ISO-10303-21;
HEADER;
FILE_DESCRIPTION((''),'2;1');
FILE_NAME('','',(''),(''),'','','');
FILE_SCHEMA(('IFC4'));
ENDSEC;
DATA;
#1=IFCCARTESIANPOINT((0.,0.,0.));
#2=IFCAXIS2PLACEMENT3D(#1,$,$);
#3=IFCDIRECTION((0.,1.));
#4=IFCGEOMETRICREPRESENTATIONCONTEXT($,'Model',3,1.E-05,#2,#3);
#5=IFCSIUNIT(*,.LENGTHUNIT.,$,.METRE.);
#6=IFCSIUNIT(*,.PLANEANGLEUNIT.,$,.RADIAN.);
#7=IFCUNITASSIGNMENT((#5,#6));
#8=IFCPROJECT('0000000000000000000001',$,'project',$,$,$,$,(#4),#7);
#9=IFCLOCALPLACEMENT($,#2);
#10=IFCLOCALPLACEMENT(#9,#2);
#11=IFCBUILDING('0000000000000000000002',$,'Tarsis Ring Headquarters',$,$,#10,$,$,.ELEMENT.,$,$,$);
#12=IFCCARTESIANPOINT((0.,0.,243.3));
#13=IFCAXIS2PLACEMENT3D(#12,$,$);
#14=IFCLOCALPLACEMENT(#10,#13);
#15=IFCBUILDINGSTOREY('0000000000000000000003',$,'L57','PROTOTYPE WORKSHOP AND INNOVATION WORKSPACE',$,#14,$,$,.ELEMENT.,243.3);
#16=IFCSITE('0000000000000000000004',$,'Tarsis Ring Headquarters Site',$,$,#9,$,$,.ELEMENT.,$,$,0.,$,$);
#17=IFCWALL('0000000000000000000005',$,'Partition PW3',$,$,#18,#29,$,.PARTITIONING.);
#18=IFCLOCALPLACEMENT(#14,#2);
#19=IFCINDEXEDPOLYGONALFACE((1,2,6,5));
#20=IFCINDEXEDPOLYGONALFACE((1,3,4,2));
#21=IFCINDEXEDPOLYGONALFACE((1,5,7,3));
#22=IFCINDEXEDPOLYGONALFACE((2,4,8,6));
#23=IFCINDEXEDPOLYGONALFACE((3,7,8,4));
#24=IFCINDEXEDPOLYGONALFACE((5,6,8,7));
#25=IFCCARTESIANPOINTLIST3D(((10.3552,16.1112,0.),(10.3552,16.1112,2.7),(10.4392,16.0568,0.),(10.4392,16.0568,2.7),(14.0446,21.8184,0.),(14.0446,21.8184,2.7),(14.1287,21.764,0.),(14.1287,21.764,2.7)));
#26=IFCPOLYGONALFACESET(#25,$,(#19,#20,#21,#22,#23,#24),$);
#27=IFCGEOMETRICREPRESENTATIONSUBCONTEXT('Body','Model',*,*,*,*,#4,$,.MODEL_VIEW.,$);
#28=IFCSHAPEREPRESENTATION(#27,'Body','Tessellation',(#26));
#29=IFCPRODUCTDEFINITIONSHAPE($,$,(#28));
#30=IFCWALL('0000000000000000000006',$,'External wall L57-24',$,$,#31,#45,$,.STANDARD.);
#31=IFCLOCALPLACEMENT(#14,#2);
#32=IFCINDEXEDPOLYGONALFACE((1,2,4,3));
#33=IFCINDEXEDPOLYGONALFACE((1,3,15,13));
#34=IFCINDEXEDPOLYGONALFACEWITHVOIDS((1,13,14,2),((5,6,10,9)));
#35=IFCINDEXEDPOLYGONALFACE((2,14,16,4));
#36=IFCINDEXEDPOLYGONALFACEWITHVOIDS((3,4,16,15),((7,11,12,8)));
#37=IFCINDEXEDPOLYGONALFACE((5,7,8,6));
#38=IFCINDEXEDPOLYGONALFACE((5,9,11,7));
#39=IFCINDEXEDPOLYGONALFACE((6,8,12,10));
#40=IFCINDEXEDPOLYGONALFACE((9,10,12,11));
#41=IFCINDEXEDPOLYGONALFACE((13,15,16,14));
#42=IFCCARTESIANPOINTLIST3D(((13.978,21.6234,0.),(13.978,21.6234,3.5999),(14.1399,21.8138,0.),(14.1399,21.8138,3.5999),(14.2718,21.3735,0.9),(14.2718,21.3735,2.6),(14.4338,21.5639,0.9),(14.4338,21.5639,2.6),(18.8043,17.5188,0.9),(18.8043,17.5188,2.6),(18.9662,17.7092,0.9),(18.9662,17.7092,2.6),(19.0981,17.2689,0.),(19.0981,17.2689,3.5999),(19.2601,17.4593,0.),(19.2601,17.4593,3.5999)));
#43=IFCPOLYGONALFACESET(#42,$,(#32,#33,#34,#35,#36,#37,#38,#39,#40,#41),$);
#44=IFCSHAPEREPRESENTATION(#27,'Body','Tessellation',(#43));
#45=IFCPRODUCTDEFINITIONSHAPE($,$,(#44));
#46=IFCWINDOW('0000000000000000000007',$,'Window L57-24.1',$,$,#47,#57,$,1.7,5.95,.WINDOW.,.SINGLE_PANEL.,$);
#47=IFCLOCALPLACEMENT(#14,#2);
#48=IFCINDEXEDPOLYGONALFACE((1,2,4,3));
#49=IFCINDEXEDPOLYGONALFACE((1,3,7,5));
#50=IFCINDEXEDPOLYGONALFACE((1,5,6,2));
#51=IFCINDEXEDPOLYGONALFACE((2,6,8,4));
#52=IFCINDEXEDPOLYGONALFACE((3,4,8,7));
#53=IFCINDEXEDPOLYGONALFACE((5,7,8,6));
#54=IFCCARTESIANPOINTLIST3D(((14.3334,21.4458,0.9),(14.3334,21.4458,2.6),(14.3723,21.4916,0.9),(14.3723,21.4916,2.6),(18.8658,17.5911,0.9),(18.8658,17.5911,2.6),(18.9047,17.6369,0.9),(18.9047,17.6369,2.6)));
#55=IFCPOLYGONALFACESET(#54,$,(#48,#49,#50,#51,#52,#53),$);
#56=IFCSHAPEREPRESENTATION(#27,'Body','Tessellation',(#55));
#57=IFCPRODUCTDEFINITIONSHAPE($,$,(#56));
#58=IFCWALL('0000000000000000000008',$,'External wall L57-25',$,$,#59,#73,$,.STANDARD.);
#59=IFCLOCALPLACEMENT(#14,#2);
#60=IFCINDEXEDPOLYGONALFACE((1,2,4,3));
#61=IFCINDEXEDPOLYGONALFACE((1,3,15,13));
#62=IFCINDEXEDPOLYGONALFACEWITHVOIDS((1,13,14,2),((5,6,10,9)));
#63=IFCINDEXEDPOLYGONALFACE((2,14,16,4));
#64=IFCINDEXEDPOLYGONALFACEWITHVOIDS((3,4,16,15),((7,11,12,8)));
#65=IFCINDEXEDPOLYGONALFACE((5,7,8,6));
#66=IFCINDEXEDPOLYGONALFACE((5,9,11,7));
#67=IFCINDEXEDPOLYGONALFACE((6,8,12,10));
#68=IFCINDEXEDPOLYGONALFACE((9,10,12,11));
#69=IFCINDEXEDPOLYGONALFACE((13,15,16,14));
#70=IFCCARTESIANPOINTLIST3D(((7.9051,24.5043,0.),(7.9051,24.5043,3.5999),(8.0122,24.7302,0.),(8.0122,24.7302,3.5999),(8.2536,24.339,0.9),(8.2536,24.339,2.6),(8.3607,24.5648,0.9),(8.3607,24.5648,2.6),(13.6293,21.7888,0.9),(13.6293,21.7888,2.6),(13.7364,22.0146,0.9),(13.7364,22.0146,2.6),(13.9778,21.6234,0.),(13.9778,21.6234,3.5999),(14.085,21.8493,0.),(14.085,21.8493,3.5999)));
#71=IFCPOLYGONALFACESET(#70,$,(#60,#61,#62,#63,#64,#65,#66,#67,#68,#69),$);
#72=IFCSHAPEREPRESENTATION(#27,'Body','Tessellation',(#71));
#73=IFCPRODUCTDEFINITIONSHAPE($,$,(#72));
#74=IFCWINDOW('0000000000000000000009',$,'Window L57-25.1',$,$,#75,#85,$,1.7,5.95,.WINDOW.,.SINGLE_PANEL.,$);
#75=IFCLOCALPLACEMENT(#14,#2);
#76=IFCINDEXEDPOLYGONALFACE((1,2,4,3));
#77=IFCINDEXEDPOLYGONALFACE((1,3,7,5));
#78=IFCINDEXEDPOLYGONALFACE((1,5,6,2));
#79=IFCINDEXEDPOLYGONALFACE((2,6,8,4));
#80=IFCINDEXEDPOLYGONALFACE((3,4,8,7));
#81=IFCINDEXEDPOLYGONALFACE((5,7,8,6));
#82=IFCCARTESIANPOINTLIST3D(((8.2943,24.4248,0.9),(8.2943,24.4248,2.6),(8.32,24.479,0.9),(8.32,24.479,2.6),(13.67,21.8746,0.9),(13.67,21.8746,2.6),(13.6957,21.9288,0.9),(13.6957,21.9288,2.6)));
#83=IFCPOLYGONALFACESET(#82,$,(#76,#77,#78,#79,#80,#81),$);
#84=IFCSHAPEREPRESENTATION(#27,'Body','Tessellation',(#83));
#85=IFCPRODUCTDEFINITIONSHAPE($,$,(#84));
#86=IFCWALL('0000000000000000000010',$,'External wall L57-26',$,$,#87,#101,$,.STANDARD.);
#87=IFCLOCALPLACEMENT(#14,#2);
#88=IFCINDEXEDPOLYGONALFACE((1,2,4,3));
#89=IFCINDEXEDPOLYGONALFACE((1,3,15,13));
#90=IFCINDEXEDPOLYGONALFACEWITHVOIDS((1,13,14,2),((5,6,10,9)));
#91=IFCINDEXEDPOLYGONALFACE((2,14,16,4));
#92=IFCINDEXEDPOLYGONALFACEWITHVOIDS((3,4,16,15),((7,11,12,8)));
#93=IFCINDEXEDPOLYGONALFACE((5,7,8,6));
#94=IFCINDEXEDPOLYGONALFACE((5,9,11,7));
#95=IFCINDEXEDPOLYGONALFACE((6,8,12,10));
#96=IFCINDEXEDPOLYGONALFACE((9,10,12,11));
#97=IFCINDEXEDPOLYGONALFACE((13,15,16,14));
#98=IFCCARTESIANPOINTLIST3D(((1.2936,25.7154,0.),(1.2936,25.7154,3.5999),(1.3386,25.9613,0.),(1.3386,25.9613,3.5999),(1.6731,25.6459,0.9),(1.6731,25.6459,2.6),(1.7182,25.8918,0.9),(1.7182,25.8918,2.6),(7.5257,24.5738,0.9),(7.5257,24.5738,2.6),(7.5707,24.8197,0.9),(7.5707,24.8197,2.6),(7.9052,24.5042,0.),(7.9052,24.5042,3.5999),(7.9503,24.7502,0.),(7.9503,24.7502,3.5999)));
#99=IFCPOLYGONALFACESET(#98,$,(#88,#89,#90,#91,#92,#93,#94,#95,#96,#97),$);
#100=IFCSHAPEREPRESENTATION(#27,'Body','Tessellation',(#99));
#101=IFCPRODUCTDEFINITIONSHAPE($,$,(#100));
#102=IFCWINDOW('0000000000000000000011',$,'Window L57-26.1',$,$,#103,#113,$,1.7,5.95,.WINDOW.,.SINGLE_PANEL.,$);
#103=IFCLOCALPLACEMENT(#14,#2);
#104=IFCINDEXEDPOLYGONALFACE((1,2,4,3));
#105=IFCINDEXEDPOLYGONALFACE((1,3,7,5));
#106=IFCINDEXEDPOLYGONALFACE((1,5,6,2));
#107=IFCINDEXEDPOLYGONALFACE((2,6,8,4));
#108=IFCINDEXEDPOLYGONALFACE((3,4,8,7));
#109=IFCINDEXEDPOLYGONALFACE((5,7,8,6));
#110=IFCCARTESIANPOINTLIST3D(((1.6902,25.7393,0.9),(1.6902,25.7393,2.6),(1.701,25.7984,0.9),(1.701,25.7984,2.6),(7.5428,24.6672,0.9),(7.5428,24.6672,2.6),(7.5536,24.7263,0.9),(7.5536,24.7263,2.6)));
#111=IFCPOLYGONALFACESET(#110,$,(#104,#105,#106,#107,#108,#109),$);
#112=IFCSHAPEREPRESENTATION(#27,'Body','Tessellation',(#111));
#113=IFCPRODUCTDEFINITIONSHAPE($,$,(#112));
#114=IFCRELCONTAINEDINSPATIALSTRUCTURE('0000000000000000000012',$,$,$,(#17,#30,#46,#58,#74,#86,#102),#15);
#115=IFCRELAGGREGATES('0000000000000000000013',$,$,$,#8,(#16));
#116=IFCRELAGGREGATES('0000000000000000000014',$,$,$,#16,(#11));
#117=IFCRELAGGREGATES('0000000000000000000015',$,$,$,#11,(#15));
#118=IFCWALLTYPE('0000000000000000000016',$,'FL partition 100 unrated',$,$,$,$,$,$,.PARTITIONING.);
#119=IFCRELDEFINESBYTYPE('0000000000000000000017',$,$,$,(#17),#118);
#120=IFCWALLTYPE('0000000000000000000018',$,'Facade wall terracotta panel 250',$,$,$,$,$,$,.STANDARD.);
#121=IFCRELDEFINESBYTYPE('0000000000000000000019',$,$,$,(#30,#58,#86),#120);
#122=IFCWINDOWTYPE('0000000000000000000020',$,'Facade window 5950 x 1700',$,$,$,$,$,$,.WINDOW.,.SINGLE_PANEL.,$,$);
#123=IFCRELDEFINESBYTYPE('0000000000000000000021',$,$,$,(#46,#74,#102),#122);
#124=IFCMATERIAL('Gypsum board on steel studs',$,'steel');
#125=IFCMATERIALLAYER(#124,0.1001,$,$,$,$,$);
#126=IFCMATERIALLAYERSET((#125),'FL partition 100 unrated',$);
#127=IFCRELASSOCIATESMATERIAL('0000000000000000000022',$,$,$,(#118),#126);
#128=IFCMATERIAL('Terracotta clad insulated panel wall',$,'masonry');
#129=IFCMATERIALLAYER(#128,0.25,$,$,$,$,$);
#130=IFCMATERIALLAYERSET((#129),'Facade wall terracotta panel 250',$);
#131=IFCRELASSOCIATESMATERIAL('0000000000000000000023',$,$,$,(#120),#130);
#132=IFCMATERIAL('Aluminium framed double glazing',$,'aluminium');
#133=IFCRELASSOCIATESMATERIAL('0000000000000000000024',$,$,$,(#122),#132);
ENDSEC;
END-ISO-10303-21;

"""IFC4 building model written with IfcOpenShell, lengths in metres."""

from ifc_helpers import new_model, si_unit, direction, frame, frame_2d, origin, place, context, subcontext, project, spatial, rectangle, extrude, material, layer, layer_set, type_object, element, fill, save


model = new_model("IFC4")

# Units and contexts
model_context = context("Model", 3, precision=1e-05, world=origin(), true_north=direction((0.0, 1.0)))
body_context = subcontext(model_context, "Body", "Model", "MODEL_VIEW")
ifc_project = project(units=[si_unit("LENGTHUNIT", "METRE"), si_unit("PLANEANGLEUNIT", "RADIAN")], contexts=[model_context])

# Site, building, storey
site_placement = place(None, origin())
site = spatial("IfcSite", under=ifc_project, at=site_placement, Name="Tarsis Ring Headquarters Site", CompositionType="ELEMENT", RefElevation=0.0)
building_placement = place(site_placement, origin())
building = spatial("IfcBuilding", under=site, at=building_placement, Name="Tarsis Ring Headquarters", CompositionType="ELEMENT")
storey_placement = place(building_placement, frame((0.0, 0.0, 243.3)))
storey = spatial("IfcBuildingStorey", under=building, at=storey_placement, Name="L57", Description="PROTOTYPE WORKSHOP AND INNOVATION WORKSPACE", CompositionType="ELEMENT", Elevation=243.3)

# Wall
ifc_material_1 = material(Name="Gypsum board on steel studs", Category="steel")
ifc_layer_1 = layer(ifc_material_1, 0.1001)
ifc_layer_set_1 = layer_set([ifc_layer_1], Name="FL partition 100 unrated")
wall_type_1 = type_object("IfcWallType", Name="FL partition 100 unrated", PredefinedType="PARTITIONING", material=ifc_layer_set_1)
wall_1_placement = place(storey_placement, frame((10.3972, 16.084, 0.0), z_axis=(0.0, 0.0, 1.0), x_axis=(0.542889, 0.839804, 0.0)))
element("IfcWall", 1, at=wall_1_placement, inside=storey, type_object=wall_type_1, Name="Partition PW3", PredefinedType="PARTITIONING", context=body_context, shape_type="SweptSolid", body=[
    extrude(rectangle(XDim=6.7959, YDim=0.1001, at=frame_2d((3.3979, 0.0))), origin(), (0.0, 0.0, 1.0), 2.7),
])

# Walls, openings, windows
ifc_material_2 = material(Name="Terracotta clad insulated panel wall", Category="masonry")
ifc_layer_2 = layer(ifc_material_2, 0.25)
ifc_layer_set_2 = layer_set([ifc_layer_2], Name="Facade wall terracotta panel 250")
wall_type_2 = type_object("IfcWallType", Name="Facade wall terracotta panel 250", PredefinedType="STANDARD", material=ifc_layer_set_2)
wall_2_placement = place(storey_placement, frame((19.1792, 17.364, 0.0), z_axis=(0.0, 0.0, 1.0), x_axis=(-0.761764, 0.647855, 0.0)))
wall_2 = element("IfcWall", 2, at=wall_2_placement, inside=storey, type_object=wall_type_2, Name="External wall L57-24", PredefinedType="STANDARD", context=body_context, shape_type="SweptSolid", body=[
    extrude(rectangle(XDim=6.7214, YDim=0.25, at=frame_2d((3.3608, 0.0))), origin(), (0.0, 0.0, 1.0), 3.5999),
])
opening_1_placement = place(wall_2_placement, frame((0.3857, 0.0, 0.8999)))
opening_1 = element("IfcOpeningElement", 3, at=opening_1_placement, cuts=wall_2, PredefinedType="OPENING", context=body_context, shape_type="SweptSolid", body=[
    extrude(rectangle(XDim=5.95, YDim=1.7, at=frame_2d((2.9751, 0.8501))), frame((0.0, 0.135, 0.0), z_axis=(0.0, -1.0, 0.0), x_axis=(1.0, 0.0, 0.0)), (0.0, 0.0, 1.0), 0.27),
])
ifc_material_3 = material(Name="Aluminium framed double glazing", Category="aluminium")
window_type = type_object("IfcWindowType", Name="Facade window 5950 x 1700", PartitioningType="SINGLE_PANEL", PredefinedType="WINDOW", material=ifc_material_3)
window_1_placement = place(opening_1_placement, origin())
window_1 = element("IfcWindow", 4, at=window_1_placement, inside=storey, type_object=window_type, Name="Window L57-24.1", OverallHeight=1.7, OverallWidth=5.95, PartitioningType="SINGLE_PANEL", PredefinedType="WINDOW", context=body_context, shape_type="SweptSolid", body=[
    extrude(rectangle(XDim=5.95, YDim=1.7, at=frame_2d((2.9751, 0.8501))), frame((0.0, 0.03, 0.0), z_axis=(0.0, -1.0, 0.0), x_axis=(1.0, 0.0, 0.0)), (0.0, 0.0, 1.0), 0.0601),
])
fill(opening_1, window_1)
wall_3_placement = place(storey_placement, frame((14.0315, 21.7363, 0.0), z_axis=(0.0, 0.0, 1.0), x_axis=(-0.903491, 0.428608, 0.0)))
wall_3 = element("IfcWall", 5, at=wall_3_placement, inside=storey, type_object=wall_type_2, Name="External wall L57-25", PredefinedType="STANDARD", context=body_context, shape_type="SweptSolid", body=[
    extrude(rectangle(XDim=6.7214, YDim=0.25, at=frame_2d((3.3608, 0.0))), origin(), (0.0, 0.0, 1.0), 3.5999),
])
opening_2_placement = place(wall_3_placement, frame((0.3857, 0.0, 0.8999)))
opening_2 = element("IfcOpeningElement", 6, at=opening_2_placement, cuts=wall_3, PredefinedType="OPENING", context=body_context, shape_type="SweptSolid", body=[
    extrude(rectangle(XDim=5.95, YDim=1.7, at=frame_2d((2.9751, 0.8501))), frame((0.0, 0.135, 0.0), z_axis=(0.0, -1.0, 0.0), x_axis=(1.0, 0.0, 0.0)), (0.0, 0.0, 1.0), 0.27),
])
window_2_placement = place(opening_2_placement, origin())
window_2 = element("IfcWindow", 7, at=window_2_placement, inside=storey, type_object=window_type, Name="Window L57-25.1", OverallHeight=1.7, OverallWidth=5.95, PartitioningType="SINGLE_PANEL", PredefinedType="WINDOW", context=body_context, shape_type="SweptSolid", body=[
    extrude(rectangle(XDim=5.95, YDim=1.7, at=frame_2d((2.9751, 0.8501))), frame((0.0, 0.03, 0.0), z_axis=(0.0, -1.0, 0.0), x_axis=(1.0, 0.0, 0.0)), (0.0, 0.0, 1.0), 0.0601),
])
fill(opening_2, window_2)
wall_4_placement = place(storey_placement, frame((7.9277, 24.6272, 0.0), z_axis=(0.0, 0.0, 1.0), x_axis=(-0.983631, 0.180193, 0.0)))
wall_4 = element("IfcWall", 8, at=wall_4_placement, inside=storey, type_object=wall_type_2, Name="External wall L57-26", PredefinedType="STANDARD", context=body_context, shape_type="SweptSolid", body=[
    extrude(rectangle(XDim=6.7217, YDim=0.25, at=frame_2d((3.3608, 0.0))), origin(), (0.0, 0.0, 1.0), 3.5999),
])
opening_3_placement = place(wall_4_placement, frame((0.3857, 0.0, 0.8999)))
opening_3 = element("IfcOpeningElement", 9, at=opening_3_placement, cuts=wall_4, PredefinedType="OPENING", context=body_context, shape_type="SweptSolid", body=[
    extrude(rectangle(XDim=5.95, YDim=1.7, at=frame_2d((2.9751, 0.8501))), frame((0.0, 0.135, 0.0), z_axis=(0.0, -1.0, 0.0), x_axis=(1.0, 0.0, 0.0)), (0.0, 0.0, 1.0), 0.27),
])
window_3_placement = place(opening_3_placement, origin())
window_3 = element("IfcWindow", 10, at=window_3_placement, inside=storey, type_object=window_type, Name="Window L57-26.1", OverallHeight=1.7, OverallWidth=5.95, PartitioningType="SINGLE_PANEL", PredefinedType="WINDOW", context=body_context, shape_type="SweptSolid", body=[
    extrude(rectangle(XDim=5.95, YDim=1.7, at=frame_2d((2.9751, 0.8501))), frame((0.0, 0.03, 0.0), z_axis=(0.0, -1.0, 0.0), x_axis=(1.0, 0.0, 0.0)), (0.0, 0.0, 1.0), 0.0601),
])
fill(opening_3, window_3)

save(model, "model.ifc")
